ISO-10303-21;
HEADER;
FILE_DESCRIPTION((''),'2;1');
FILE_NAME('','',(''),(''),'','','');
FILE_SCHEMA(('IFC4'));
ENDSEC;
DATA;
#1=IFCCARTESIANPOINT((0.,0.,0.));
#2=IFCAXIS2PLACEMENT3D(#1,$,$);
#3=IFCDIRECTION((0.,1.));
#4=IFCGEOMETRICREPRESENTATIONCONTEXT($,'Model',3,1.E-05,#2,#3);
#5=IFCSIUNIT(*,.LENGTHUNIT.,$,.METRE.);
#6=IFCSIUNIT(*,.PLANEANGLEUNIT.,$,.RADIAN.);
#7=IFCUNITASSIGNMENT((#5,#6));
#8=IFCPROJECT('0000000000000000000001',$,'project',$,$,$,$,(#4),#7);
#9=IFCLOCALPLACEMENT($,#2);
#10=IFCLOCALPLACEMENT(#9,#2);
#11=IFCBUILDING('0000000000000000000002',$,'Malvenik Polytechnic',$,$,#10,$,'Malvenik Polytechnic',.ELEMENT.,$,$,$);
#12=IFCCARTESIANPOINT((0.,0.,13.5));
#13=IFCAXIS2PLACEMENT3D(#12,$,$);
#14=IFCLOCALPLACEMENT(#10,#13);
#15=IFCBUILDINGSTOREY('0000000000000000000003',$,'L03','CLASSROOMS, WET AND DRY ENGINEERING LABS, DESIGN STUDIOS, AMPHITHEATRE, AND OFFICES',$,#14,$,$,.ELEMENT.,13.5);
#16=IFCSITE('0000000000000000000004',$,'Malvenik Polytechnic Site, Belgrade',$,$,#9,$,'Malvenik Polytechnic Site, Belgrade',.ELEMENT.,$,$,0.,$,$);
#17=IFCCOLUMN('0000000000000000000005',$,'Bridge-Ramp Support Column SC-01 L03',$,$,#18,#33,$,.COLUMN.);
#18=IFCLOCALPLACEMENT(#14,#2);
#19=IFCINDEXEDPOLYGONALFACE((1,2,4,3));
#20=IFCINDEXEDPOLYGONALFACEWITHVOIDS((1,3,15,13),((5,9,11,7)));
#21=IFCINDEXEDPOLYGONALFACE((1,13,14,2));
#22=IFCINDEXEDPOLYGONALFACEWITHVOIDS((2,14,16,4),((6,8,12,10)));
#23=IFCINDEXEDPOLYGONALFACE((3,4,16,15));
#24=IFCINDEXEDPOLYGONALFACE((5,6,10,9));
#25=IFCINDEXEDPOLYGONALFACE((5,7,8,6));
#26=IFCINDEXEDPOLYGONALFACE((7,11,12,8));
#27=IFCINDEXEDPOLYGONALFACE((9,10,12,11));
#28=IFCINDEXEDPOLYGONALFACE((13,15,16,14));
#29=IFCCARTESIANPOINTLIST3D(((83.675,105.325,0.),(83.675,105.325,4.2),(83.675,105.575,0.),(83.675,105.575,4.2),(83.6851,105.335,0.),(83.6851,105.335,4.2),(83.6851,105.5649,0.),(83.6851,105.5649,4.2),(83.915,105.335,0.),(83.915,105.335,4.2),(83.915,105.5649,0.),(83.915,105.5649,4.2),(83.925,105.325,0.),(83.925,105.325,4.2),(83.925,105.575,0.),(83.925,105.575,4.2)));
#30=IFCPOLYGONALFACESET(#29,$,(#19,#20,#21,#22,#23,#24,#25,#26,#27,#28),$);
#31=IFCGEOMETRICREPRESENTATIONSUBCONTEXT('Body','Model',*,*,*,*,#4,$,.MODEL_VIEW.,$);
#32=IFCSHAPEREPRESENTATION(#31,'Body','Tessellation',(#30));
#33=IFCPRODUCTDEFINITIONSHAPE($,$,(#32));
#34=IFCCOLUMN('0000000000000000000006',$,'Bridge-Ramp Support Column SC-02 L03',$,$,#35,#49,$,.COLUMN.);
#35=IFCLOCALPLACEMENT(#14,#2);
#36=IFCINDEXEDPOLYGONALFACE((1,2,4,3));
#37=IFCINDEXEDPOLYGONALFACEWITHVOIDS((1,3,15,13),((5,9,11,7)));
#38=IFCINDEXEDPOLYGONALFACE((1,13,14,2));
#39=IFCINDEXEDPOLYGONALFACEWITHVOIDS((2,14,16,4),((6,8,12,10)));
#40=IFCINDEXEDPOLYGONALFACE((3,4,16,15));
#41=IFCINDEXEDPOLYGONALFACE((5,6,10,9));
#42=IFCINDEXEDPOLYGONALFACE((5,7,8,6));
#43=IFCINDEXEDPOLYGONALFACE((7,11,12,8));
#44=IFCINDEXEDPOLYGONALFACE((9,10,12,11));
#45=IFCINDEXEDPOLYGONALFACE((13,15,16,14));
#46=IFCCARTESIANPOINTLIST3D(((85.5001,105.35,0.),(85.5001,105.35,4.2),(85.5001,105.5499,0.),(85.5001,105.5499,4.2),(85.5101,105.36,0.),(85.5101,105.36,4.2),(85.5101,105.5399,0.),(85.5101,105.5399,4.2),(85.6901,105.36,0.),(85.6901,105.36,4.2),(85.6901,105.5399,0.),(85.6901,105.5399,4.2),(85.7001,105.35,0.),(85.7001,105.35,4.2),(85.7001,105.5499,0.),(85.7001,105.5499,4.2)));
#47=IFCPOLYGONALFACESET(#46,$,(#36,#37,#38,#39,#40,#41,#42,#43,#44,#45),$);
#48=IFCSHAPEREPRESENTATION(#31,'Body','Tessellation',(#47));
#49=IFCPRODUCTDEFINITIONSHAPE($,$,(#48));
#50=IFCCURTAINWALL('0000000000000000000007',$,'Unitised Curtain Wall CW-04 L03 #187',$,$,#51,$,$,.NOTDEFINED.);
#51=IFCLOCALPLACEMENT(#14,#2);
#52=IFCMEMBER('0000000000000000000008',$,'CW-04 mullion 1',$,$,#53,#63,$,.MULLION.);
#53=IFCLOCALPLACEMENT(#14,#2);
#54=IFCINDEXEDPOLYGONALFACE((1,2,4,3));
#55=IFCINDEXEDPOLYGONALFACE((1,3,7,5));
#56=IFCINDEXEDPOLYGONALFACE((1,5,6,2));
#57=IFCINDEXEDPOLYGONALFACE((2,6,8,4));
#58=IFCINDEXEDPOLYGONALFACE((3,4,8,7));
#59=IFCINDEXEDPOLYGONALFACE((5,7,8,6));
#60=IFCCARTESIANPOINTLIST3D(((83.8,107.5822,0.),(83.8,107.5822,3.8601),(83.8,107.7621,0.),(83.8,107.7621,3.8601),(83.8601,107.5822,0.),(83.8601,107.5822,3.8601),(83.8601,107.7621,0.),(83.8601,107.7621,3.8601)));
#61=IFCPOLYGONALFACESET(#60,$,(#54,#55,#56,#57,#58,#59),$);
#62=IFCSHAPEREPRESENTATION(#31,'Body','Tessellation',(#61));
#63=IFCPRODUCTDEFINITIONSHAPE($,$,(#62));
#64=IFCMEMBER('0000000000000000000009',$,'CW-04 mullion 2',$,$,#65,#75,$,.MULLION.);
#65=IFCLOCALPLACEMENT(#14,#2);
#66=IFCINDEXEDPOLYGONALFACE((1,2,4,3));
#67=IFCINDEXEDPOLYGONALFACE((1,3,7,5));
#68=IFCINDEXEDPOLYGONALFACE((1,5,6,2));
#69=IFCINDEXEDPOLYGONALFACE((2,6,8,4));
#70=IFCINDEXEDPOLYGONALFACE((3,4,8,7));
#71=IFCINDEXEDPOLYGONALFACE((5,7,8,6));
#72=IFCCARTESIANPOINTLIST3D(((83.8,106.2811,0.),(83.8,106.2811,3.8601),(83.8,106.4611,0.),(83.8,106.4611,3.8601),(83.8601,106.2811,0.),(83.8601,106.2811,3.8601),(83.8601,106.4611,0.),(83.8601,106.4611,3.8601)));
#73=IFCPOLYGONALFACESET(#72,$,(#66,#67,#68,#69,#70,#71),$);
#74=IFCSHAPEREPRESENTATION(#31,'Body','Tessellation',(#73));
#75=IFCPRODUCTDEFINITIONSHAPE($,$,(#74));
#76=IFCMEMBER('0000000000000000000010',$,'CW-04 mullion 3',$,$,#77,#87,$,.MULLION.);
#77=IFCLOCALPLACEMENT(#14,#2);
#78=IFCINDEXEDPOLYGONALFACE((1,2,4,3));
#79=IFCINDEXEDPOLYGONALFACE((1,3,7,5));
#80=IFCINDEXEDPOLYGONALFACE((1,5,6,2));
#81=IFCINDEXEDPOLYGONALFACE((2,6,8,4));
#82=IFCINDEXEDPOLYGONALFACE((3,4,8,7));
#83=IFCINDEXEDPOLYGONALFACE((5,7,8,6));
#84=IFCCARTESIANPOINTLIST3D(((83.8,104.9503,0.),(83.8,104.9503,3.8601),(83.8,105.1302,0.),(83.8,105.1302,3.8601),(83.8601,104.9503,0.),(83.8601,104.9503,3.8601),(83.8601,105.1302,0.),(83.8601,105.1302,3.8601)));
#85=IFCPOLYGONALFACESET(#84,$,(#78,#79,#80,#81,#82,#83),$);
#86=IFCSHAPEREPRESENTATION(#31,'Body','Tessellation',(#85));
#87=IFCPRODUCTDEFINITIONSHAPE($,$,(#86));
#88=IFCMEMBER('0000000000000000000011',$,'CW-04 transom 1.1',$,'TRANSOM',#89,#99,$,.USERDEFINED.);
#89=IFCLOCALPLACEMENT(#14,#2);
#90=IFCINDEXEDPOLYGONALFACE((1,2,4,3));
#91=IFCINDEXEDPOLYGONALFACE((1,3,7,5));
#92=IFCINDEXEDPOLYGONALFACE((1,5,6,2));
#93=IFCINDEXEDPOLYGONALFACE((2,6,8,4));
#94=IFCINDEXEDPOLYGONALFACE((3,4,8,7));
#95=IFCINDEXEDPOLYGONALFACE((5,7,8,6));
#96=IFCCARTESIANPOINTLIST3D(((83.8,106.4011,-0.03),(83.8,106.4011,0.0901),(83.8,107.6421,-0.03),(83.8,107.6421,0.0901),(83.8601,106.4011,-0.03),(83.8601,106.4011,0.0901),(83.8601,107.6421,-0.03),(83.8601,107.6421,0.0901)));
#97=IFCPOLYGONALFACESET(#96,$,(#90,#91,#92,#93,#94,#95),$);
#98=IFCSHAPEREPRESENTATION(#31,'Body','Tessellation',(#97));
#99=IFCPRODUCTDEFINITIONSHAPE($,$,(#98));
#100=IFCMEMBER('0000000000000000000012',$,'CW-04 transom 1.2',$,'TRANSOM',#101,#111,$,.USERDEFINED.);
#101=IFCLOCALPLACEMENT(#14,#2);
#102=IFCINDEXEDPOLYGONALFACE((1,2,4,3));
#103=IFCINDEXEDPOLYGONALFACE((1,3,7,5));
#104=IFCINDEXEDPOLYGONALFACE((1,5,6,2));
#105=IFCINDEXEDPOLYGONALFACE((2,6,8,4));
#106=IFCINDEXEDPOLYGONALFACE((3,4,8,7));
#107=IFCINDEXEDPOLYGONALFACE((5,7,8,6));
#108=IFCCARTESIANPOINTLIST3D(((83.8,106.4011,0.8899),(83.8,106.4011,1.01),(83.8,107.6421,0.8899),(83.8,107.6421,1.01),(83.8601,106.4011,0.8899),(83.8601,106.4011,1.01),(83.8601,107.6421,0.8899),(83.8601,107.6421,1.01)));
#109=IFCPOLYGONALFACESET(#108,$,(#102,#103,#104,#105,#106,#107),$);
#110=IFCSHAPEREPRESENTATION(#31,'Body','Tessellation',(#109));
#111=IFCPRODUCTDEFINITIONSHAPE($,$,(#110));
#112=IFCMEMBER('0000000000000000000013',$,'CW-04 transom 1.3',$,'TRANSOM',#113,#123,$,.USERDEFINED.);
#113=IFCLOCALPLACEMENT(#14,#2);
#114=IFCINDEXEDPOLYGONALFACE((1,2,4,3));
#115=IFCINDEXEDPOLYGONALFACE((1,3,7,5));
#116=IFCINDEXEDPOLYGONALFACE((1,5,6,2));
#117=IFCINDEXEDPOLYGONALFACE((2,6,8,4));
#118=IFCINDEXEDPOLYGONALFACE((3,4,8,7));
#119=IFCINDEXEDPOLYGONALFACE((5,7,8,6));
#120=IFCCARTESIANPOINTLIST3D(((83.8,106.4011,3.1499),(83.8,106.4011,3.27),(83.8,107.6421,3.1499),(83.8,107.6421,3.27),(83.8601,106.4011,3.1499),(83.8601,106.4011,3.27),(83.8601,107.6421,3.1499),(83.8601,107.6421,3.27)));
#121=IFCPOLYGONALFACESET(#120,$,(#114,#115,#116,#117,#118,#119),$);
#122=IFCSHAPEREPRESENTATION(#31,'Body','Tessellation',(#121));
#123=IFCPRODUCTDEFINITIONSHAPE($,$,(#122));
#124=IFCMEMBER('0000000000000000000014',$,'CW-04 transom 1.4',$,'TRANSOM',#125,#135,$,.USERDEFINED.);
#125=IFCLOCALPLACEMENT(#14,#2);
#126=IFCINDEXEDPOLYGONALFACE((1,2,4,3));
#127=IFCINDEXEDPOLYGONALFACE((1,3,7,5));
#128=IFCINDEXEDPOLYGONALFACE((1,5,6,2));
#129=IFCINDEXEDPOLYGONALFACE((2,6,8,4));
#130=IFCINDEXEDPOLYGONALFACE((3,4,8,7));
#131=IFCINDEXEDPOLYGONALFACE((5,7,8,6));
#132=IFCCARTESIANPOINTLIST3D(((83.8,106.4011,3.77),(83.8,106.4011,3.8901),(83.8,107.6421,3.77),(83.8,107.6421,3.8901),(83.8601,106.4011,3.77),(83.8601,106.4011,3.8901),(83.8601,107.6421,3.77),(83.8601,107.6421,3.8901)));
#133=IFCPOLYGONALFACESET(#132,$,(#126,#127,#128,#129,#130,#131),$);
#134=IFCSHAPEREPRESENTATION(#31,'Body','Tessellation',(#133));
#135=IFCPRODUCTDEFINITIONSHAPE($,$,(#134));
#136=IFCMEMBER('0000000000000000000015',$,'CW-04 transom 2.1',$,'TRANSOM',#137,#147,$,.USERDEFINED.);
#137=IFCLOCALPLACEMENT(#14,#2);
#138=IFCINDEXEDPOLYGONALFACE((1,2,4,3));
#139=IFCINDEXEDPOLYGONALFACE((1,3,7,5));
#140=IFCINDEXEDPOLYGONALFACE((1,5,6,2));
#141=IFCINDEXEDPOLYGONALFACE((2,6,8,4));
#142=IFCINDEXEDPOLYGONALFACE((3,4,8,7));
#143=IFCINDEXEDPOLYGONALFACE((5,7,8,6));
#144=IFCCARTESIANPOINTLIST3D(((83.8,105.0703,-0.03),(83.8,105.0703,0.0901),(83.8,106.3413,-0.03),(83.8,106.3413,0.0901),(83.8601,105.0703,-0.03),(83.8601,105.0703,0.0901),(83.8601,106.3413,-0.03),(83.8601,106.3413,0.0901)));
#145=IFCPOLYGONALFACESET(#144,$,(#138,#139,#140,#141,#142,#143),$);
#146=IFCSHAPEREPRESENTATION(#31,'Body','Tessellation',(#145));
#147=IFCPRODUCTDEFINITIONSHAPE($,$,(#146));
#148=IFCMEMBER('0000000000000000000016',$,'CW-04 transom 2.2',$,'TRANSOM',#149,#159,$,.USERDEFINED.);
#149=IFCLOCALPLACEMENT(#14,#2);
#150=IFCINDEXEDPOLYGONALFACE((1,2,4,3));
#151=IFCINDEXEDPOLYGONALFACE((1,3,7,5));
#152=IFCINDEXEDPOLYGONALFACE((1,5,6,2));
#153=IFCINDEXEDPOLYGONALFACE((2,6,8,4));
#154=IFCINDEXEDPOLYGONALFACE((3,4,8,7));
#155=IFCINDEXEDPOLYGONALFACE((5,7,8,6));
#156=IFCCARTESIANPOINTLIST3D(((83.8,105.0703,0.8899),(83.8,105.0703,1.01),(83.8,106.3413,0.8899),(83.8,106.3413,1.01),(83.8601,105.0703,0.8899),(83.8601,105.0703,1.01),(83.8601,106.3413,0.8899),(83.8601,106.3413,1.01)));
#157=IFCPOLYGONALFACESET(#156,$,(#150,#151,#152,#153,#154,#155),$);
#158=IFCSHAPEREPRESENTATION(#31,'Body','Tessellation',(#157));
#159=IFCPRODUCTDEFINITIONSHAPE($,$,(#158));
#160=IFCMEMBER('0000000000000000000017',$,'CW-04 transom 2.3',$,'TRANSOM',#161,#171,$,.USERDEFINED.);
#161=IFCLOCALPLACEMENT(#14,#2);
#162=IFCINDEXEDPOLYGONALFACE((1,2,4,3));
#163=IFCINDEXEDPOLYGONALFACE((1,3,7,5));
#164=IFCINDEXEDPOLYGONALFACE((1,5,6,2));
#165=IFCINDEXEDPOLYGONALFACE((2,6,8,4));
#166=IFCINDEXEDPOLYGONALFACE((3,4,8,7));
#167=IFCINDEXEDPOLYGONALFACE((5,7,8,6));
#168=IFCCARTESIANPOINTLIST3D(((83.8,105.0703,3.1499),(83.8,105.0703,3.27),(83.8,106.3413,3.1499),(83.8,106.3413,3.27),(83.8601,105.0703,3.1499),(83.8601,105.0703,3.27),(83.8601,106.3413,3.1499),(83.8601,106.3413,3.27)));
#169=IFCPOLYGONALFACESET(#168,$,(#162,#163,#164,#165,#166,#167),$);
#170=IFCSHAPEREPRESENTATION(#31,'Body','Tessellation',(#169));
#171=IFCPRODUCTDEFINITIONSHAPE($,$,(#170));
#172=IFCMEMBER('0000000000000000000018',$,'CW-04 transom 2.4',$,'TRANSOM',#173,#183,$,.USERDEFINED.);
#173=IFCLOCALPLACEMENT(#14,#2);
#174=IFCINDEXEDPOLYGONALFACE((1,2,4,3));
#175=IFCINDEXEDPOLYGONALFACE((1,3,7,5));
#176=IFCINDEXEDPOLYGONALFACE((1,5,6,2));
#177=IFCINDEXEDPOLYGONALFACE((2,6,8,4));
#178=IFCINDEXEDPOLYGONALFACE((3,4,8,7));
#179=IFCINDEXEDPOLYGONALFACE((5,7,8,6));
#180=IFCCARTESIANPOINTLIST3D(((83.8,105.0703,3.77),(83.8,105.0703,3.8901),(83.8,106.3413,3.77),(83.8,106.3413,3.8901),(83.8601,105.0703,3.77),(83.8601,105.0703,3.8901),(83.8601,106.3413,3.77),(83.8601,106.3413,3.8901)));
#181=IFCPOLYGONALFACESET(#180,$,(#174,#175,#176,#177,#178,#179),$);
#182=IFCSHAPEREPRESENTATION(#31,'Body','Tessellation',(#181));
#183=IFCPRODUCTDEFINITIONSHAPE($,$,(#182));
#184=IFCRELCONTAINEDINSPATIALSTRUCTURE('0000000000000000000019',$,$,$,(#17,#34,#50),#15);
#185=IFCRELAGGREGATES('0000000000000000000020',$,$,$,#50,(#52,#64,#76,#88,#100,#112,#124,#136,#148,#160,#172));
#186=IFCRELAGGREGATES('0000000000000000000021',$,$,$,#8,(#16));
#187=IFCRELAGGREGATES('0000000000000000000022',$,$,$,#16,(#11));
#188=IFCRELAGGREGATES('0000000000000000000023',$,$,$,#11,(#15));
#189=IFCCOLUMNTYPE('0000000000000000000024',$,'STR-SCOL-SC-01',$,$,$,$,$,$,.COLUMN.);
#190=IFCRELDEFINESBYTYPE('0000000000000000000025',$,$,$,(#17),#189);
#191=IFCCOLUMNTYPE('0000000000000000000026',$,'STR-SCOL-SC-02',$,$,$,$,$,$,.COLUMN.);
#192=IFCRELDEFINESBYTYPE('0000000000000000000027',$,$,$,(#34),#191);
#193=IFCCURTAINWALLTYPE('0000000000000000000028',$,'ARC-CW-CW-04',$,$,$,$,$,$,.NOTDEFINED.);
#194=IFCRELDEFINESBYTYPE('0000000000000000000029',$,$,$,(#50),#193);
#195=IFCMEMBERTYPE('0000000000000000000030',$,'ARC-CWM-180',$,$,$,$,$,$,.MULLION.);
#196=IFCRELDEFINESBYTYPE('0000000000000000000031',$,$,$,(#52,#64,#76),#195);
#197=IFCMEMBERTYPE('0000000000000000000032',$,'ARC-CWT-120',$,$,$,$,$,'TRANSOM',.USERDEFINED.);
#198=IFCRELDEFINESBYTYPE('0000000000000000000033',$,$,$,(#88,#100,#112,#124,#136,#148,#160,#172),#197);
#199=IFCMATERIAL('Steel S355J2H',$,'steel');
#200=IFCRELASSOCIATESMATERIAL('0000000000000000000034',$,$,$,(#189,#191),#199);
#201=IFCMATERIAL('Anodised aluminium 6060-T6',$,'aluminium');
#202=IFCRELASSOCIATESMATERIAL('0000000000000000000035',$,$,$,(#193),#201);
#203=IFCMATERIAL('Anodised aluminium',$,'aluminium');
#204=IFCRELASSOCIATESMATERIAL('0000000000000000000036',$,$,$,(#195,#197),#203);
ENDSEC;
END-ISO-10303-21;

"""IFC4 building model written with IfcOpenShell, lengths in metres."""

from ifc_helpers import new_model, si_unit, direction, frame, origin, origin_2d, place, context, subcontext, project, spatial, rectangle, hollow_rectangle, extrude, material, material_profile, profile_set, type_object, element, aggregate, save


model = new_model("IFC4")

# Units and contexts
model_context = context("Model", 3, precision=1e-05, world=origin(), true_north=direction((0.0, 1.0)))
body_context = subcontext(model_context, "Body", "Model", "MODEL_VIEW")
ifc_project = project(units=[si_unit("LENGTHUNIT", "METRE"), si_unit("PLANEANGLEUNIT", "RADIAN")], contexts=[model_context])

# Site, building, storey
site_placement = place(None, origin())
site = spatial("IfcSite", under=ifc_project, at=site_placement, Name="Malvenik Polytechnic Site, Belgrade", LongName="Malvenik Polytechnic Site, Belgrade", CompositionType="ELEMENT", RefElevation=0.0)
building_placement = place(site_placement, origin())
building = spatial("IfcBuilding", under=site, at=building_placement, Name="Malvenik Polytechnic", LongName="Malvenik Polytechnic", CompositionType="ELEMENT")
storey_placement = place(building_placement, frame((0.0, 0.0, 13.5)))
storey = spatial("IfcBuildingStorey", under=building, at=storey_placement, Name="L03", Description="CLASSROOMS, WET AND DRY ENGINEERING LABS, DESIGN STUDIOS, AMPHITHEATRE, AND OFFICES", CompositionType="ELEMENT", Elevation=13.5)

# Columns
ifc_material_1 = material(Name="Steel S355J2H", Category="steel")
ifc_material_profile_1 = material_profile(ifc_material_1, hollow_rectangle(XDim=0.25, YDim=0.25, WallThickness=0.01, at=origin_2d()), Name="SHS 250x250x10.0")
ifc_profile_set_1 = profile_set([ifc_material_profile_1], Name="Steel S355J2H")
column_type_1 = type_object("IfcColumnType", Name="STR-SCOL-SC-01", PredefinedType="COLUMN", material=ifc_profile_set_1)
column_1_placement = place(storey_placement, frame((83.8, 105.45, 0.0), z_axis=(0.0, 0.0, 1.0), x_axis=(1.0, 0.0, 0.0)))
element("IfcColumn", 1, at=column_1_placement, inside=storey, type_object=column_type_1, Name="Bridge-Ramp Support Column SC-01 L03", PredefinedType="COLUMN", context=body_context, shape_type="SweptSolid", body=[
    extrude(hollow_rectangle(XDim=0.25, YDim=0.25, WallThickness=0.01, at=origin_2d()), origin(), (0.0, 0.0, 1.0), 4.2),
])
ifc_material_profile_2 = material_profile(ifc_material_1, hollow_rectangle(XDim=0.2, YDim=0.2, WallThickness=0.01, at=origin_2d()), Name="SHS 200x200x10.0")
ifc_profile_set_2 = profile_set([ifc_material_profile_2], Name="Steel S355J2H")
column_type_2 = type_object("IfcColumnType", Name="STR-SCOL-SC-02", PredefinedType="COLUMN", material=ifc_profile_set_2)
column_2_placement = place(storey_placement, frame((85.6001, 105.45, 0.0), z_axis=(0.0, 0.0, 1.0), x_axis=(1.0, 0.0, 0.0)))
element("IfcColumn", 2, at=column_2_placement, inside=storey, type_object=column_type_2, Name="Bridge-Ramp Support Column SC-02 L03", PredefinedType="COLUMN", context=body_context, shape_type="SweptSolid", body=[
    extrude(hollow_rectangle(XDim=0.2, YDim=0.2, WallThickness=0.01, at=origin_2d()), origin(), (0.0, 0.0, 1.0), 4.2),
])

# Curtain wall, members
ifc_material_2 = material(Name="Anodised aluminium 6060-T6", Category="aluminium")
curtain_wall_type = type_object("IfcCurtainWallType", Name="ARC-CW-CW-04", PredefinedType="NOTDEFINED", material=ifc_material_2)
curtain_wall_placement = place(storey_placement, origin())
curtain_wall = element("IfcCurtainWall", 3, at=curtain_wall_placement, inside=storey, type_object=curtain_wall_type, Name="Unitised Curtain Wall CW-04 L03 #187", PredefinedType="NOTDEFINED")
ifc_material_3 = material(Name="Anodised aluminium", Category="aluminium")
ifc_material_profile_3 = material_profile(ifc_material_3, rectangle(XDim=0.0601, YDim=0.1799, at=origin_2d()), Name="ALU MULLION 60x180")
ifc_profile_set_3 = profile_set([ifc_material_profile_3], Name="Anodised aluminium")
member_type_1 = type_object("IfcMemberType", Name="ARC-CWM-180", PredefinedType="MULLION", material=ifc_profile_set_3)
member_1_placement = place(storey_placement, frame((83.8301, 107.6721, 0.0), z_axis=(0.0, 0.0, 1.0), x_axis=(1.0, 0.0, 0.0)))
member_1 = element("IfcMember", 4, at=member_1_placement, type_object=member_type_1, Name="CW-04 mullion 1", PredefinedType="MULLION", context=body_context, shape_type="SweptSolid", body=[
    extrude(rectangle(XDim=0.0601, YDim=0.1799, at=origin_2d()), origin(), (0.0, 0.0, 1.0), 3.8601),
])
member_2_placement = place(storey_placement, frame((83.8301, 106.3711, 0.0), z_axis=(0.0, 0.0, 1.0), x_axis=(1.0, 0.0, 0.0)))
member_2 = element("IfcMember", 5, at=member_2_placement, type_object=member_type_1, Name="CW-04 mullion 2", PredefinedType="MULLION", context=body_context, shape_type="SweptSolid", body=[
    extrude(rectangle(XDim=0.0601, YDim=0.1799, at=origin_2d()), origin(), (0.0, 0.0, 1.0), 3.8601),
])
member_3_placement = place(storey_placement, frame((83.8301, 105.0403, 0.0), z_axis=(0.0, 0.0, 1.0), x_axis=(1.0, 0.0, 0.0)))
member_3 = element("IfcMember", 6, at=member_3_placement, type_object=member_type_1, Name="CW-04 mullion 3", PredefinedType="MULLION", context=body_context, shape_type="SweptSolid", body=[
    extrude(rectangle(XDim=0.0601, YDim=0.1799, at=origin_2d()), origin(), (0.0, 0.0, 1.0), 3.8601),
])
ifc_material_profile_4 = material_profile(ifc_material_3, rectangle(XDim=0.0601, YDim=0.1201, at=origin_2d()), Name="ALU TRANSOM 60x120")
ifc_profile_set_4 = profile_set([ifc_material_profile_4], Name="Anodised aluminium")
member_type_2 = type_object("IfcMemberType", Name="ARC-CWT-120", ElementType="TRANSOM", PredefinedType="USERDEFINED", material=ifc_profile_set_4)
member_4_placement = place(storey_placement, frame((83.8301, 107.6421, 0.03), z_axis=(0.0, -1.0, 0.0), x_axis=(1.0, 0.0, 0.0)))
member_4 = element("IfcMember", 7, at=member_4_placement, type_object=member_type_2, Name="CW-04 transom 1.1", ObjectType="TRANSOM", PredefinedType="USERDEFINED", context=body_context, shape_type="SweptSolid", body=[
    extrude(rectangle(XDim=0.0601, YDim=0.1201, at=origin_2d()), origin(), (0.0, 0.0, 1.0), 1.241),
])
member_5_placement = place(storey_placement, frame((83.8301, 107.6421, 0.95), z_axis=(0.0, -1.0, 0.0), x_axis=(1.0, 0.0, 0.0)))
member_5 = element("IfcMember", 8, at=member_5_placement, type_object=member_type_2, Name="CW-04 transom 1.2", ObjectType="TRANSOM", PredefinedType="USERDEFINED", context=body_context, shape_type="SweptSolid", body=[
    extrude(rectangle(XDim=0.0601, YDim=0.1201, at=origin_2d()), origin(), (0.0, 0.0, 1.0), 1.241),
])
member_6_placement = place(storey_placement, frame((83.8301, 107.6421, 3.21), z_axis=(0.0, -1.0, 0.0), x_axis=(1.0, 0.0, 0.0)))
member_6 = element("IfcMember", 9, at=member_6_placement, type_object=member_type_2, Name="CW-04 transom 1.3", ObjectType="TRANSOM", PredefinedType="USERDEFINED", context=body_context, shape_type="SweptSolid", body=[
    extrude(rectangle(XDim=0.0601, YDim=0.1201, at=origin_2d()), origin(), (0.0, 0.0, 1.0), 1.241),
])
member_7_placement = place(storey_placement, frame((83.8301, 107.6421, 3.8301), z_axis=(0.0, -1.0, 0.0), x_axis=(1.0, 0.0, 0.0)))
member_7 = element("IfcMember", 10, at=member_7_placement, type_object=member_type_2, Name="CW-04 transom 1.4", ObjectType="TRANSOM", PredefinedType="USERDEFINED", context=body_context, shape_type="SweptSolid", body=[
    extrude(rectangle(XDim=0.0601, YDim=0.1201, at=origin_2d()), origin(), (0.0, 0.0, 1.0), 1.241),
])
member_8_placement = place(storey_placement, frame((83.8301, 106.3413, 0.03), z_axis=(0.0, -1.0, 0.0), x_axis=(1.0, 0.0, 0.0)))
member_8 = element("IfcMember", 11, at=member_8_placement, type_object=member_type_2, Name="CW-04 transom 2.1", ObjectType="TRANSOM", PredefinedType="USERDEFINED", context=body_context, shape_type="SweptSolid", body=[
    extrude(rectangle(XDim=0.0601, YDim=0.1201, at=origin_2d()), origin(), (0.0, 0.0, 1.0), 1.271),
])
member_9_placement = place(storey_placement, frame((83.8301, 106.3413, 0.95), z_axis=(0.0, -1.0, 0.0), x_axis=(1.0, 0.0, 0.0)))
member_9 = element("IfcMember", 12, at=member_9_placement, type_object=member_type_2, Name="CW-04 transom 2.2", ObjectType="TRANSOM", PredefinedType="USERDEFINED", context=body_context, shape_type="SweptSolid", body=[
    extrude(rectangle(XDim=0.0601, YDim=0.1201, at=origin_2d()), origin(), (0.0, 0.0, 1.0), 1.271),
])
member_10_placement = place(storey_placement, frame((83.8301, 106.3413, 3.21), z_axis=(0.0, -1.0, 0.0), x_axis=(1.0, 0.0, 0.0)))
member_10 = element("IfcMember", 13, at=member_10_placement, type_object=member_type_2, Name="CW-04 transom 2.3", ObjectType="TRANSOM", PredefinedType="USERDEFINED", context=body_context, shape_type="SweptSolid", body=[
    extrude(rectangle(XDim=0.0601, YDim=0.1201, at=origin_2d()), origin(), (0.0, 0.0, 1.0), 1.271),
])
member_11_placement = place(storey_placement, frame((83.8301, 106.3413, 3.8301), z_axis=(0.0, -1.0, 0.0), x_axis=(1.0, 0.0, 0.0)))
member_11 = element("IfcMember", 14, at=member_11_placement, type_object=member_type_2, Name="CW-04 transom 2.4", ObjectType="TRANSOM", PredefinedType="USERDEFINED", context=body_context, shape_type="SweptSolid", body=[
    extrude(rectangle(XDim=0.0601, YDim=0.1201, at=origin_2d()), origin(), (0.0, 0.0, 1.0), 1.271),
])
aggregate(curtain_wall, [member_1, member_2, member_3, member_4, member_5, member_6, member_7, member_8, member_9, member_10, member_11])

save(model, "model.ifc")
